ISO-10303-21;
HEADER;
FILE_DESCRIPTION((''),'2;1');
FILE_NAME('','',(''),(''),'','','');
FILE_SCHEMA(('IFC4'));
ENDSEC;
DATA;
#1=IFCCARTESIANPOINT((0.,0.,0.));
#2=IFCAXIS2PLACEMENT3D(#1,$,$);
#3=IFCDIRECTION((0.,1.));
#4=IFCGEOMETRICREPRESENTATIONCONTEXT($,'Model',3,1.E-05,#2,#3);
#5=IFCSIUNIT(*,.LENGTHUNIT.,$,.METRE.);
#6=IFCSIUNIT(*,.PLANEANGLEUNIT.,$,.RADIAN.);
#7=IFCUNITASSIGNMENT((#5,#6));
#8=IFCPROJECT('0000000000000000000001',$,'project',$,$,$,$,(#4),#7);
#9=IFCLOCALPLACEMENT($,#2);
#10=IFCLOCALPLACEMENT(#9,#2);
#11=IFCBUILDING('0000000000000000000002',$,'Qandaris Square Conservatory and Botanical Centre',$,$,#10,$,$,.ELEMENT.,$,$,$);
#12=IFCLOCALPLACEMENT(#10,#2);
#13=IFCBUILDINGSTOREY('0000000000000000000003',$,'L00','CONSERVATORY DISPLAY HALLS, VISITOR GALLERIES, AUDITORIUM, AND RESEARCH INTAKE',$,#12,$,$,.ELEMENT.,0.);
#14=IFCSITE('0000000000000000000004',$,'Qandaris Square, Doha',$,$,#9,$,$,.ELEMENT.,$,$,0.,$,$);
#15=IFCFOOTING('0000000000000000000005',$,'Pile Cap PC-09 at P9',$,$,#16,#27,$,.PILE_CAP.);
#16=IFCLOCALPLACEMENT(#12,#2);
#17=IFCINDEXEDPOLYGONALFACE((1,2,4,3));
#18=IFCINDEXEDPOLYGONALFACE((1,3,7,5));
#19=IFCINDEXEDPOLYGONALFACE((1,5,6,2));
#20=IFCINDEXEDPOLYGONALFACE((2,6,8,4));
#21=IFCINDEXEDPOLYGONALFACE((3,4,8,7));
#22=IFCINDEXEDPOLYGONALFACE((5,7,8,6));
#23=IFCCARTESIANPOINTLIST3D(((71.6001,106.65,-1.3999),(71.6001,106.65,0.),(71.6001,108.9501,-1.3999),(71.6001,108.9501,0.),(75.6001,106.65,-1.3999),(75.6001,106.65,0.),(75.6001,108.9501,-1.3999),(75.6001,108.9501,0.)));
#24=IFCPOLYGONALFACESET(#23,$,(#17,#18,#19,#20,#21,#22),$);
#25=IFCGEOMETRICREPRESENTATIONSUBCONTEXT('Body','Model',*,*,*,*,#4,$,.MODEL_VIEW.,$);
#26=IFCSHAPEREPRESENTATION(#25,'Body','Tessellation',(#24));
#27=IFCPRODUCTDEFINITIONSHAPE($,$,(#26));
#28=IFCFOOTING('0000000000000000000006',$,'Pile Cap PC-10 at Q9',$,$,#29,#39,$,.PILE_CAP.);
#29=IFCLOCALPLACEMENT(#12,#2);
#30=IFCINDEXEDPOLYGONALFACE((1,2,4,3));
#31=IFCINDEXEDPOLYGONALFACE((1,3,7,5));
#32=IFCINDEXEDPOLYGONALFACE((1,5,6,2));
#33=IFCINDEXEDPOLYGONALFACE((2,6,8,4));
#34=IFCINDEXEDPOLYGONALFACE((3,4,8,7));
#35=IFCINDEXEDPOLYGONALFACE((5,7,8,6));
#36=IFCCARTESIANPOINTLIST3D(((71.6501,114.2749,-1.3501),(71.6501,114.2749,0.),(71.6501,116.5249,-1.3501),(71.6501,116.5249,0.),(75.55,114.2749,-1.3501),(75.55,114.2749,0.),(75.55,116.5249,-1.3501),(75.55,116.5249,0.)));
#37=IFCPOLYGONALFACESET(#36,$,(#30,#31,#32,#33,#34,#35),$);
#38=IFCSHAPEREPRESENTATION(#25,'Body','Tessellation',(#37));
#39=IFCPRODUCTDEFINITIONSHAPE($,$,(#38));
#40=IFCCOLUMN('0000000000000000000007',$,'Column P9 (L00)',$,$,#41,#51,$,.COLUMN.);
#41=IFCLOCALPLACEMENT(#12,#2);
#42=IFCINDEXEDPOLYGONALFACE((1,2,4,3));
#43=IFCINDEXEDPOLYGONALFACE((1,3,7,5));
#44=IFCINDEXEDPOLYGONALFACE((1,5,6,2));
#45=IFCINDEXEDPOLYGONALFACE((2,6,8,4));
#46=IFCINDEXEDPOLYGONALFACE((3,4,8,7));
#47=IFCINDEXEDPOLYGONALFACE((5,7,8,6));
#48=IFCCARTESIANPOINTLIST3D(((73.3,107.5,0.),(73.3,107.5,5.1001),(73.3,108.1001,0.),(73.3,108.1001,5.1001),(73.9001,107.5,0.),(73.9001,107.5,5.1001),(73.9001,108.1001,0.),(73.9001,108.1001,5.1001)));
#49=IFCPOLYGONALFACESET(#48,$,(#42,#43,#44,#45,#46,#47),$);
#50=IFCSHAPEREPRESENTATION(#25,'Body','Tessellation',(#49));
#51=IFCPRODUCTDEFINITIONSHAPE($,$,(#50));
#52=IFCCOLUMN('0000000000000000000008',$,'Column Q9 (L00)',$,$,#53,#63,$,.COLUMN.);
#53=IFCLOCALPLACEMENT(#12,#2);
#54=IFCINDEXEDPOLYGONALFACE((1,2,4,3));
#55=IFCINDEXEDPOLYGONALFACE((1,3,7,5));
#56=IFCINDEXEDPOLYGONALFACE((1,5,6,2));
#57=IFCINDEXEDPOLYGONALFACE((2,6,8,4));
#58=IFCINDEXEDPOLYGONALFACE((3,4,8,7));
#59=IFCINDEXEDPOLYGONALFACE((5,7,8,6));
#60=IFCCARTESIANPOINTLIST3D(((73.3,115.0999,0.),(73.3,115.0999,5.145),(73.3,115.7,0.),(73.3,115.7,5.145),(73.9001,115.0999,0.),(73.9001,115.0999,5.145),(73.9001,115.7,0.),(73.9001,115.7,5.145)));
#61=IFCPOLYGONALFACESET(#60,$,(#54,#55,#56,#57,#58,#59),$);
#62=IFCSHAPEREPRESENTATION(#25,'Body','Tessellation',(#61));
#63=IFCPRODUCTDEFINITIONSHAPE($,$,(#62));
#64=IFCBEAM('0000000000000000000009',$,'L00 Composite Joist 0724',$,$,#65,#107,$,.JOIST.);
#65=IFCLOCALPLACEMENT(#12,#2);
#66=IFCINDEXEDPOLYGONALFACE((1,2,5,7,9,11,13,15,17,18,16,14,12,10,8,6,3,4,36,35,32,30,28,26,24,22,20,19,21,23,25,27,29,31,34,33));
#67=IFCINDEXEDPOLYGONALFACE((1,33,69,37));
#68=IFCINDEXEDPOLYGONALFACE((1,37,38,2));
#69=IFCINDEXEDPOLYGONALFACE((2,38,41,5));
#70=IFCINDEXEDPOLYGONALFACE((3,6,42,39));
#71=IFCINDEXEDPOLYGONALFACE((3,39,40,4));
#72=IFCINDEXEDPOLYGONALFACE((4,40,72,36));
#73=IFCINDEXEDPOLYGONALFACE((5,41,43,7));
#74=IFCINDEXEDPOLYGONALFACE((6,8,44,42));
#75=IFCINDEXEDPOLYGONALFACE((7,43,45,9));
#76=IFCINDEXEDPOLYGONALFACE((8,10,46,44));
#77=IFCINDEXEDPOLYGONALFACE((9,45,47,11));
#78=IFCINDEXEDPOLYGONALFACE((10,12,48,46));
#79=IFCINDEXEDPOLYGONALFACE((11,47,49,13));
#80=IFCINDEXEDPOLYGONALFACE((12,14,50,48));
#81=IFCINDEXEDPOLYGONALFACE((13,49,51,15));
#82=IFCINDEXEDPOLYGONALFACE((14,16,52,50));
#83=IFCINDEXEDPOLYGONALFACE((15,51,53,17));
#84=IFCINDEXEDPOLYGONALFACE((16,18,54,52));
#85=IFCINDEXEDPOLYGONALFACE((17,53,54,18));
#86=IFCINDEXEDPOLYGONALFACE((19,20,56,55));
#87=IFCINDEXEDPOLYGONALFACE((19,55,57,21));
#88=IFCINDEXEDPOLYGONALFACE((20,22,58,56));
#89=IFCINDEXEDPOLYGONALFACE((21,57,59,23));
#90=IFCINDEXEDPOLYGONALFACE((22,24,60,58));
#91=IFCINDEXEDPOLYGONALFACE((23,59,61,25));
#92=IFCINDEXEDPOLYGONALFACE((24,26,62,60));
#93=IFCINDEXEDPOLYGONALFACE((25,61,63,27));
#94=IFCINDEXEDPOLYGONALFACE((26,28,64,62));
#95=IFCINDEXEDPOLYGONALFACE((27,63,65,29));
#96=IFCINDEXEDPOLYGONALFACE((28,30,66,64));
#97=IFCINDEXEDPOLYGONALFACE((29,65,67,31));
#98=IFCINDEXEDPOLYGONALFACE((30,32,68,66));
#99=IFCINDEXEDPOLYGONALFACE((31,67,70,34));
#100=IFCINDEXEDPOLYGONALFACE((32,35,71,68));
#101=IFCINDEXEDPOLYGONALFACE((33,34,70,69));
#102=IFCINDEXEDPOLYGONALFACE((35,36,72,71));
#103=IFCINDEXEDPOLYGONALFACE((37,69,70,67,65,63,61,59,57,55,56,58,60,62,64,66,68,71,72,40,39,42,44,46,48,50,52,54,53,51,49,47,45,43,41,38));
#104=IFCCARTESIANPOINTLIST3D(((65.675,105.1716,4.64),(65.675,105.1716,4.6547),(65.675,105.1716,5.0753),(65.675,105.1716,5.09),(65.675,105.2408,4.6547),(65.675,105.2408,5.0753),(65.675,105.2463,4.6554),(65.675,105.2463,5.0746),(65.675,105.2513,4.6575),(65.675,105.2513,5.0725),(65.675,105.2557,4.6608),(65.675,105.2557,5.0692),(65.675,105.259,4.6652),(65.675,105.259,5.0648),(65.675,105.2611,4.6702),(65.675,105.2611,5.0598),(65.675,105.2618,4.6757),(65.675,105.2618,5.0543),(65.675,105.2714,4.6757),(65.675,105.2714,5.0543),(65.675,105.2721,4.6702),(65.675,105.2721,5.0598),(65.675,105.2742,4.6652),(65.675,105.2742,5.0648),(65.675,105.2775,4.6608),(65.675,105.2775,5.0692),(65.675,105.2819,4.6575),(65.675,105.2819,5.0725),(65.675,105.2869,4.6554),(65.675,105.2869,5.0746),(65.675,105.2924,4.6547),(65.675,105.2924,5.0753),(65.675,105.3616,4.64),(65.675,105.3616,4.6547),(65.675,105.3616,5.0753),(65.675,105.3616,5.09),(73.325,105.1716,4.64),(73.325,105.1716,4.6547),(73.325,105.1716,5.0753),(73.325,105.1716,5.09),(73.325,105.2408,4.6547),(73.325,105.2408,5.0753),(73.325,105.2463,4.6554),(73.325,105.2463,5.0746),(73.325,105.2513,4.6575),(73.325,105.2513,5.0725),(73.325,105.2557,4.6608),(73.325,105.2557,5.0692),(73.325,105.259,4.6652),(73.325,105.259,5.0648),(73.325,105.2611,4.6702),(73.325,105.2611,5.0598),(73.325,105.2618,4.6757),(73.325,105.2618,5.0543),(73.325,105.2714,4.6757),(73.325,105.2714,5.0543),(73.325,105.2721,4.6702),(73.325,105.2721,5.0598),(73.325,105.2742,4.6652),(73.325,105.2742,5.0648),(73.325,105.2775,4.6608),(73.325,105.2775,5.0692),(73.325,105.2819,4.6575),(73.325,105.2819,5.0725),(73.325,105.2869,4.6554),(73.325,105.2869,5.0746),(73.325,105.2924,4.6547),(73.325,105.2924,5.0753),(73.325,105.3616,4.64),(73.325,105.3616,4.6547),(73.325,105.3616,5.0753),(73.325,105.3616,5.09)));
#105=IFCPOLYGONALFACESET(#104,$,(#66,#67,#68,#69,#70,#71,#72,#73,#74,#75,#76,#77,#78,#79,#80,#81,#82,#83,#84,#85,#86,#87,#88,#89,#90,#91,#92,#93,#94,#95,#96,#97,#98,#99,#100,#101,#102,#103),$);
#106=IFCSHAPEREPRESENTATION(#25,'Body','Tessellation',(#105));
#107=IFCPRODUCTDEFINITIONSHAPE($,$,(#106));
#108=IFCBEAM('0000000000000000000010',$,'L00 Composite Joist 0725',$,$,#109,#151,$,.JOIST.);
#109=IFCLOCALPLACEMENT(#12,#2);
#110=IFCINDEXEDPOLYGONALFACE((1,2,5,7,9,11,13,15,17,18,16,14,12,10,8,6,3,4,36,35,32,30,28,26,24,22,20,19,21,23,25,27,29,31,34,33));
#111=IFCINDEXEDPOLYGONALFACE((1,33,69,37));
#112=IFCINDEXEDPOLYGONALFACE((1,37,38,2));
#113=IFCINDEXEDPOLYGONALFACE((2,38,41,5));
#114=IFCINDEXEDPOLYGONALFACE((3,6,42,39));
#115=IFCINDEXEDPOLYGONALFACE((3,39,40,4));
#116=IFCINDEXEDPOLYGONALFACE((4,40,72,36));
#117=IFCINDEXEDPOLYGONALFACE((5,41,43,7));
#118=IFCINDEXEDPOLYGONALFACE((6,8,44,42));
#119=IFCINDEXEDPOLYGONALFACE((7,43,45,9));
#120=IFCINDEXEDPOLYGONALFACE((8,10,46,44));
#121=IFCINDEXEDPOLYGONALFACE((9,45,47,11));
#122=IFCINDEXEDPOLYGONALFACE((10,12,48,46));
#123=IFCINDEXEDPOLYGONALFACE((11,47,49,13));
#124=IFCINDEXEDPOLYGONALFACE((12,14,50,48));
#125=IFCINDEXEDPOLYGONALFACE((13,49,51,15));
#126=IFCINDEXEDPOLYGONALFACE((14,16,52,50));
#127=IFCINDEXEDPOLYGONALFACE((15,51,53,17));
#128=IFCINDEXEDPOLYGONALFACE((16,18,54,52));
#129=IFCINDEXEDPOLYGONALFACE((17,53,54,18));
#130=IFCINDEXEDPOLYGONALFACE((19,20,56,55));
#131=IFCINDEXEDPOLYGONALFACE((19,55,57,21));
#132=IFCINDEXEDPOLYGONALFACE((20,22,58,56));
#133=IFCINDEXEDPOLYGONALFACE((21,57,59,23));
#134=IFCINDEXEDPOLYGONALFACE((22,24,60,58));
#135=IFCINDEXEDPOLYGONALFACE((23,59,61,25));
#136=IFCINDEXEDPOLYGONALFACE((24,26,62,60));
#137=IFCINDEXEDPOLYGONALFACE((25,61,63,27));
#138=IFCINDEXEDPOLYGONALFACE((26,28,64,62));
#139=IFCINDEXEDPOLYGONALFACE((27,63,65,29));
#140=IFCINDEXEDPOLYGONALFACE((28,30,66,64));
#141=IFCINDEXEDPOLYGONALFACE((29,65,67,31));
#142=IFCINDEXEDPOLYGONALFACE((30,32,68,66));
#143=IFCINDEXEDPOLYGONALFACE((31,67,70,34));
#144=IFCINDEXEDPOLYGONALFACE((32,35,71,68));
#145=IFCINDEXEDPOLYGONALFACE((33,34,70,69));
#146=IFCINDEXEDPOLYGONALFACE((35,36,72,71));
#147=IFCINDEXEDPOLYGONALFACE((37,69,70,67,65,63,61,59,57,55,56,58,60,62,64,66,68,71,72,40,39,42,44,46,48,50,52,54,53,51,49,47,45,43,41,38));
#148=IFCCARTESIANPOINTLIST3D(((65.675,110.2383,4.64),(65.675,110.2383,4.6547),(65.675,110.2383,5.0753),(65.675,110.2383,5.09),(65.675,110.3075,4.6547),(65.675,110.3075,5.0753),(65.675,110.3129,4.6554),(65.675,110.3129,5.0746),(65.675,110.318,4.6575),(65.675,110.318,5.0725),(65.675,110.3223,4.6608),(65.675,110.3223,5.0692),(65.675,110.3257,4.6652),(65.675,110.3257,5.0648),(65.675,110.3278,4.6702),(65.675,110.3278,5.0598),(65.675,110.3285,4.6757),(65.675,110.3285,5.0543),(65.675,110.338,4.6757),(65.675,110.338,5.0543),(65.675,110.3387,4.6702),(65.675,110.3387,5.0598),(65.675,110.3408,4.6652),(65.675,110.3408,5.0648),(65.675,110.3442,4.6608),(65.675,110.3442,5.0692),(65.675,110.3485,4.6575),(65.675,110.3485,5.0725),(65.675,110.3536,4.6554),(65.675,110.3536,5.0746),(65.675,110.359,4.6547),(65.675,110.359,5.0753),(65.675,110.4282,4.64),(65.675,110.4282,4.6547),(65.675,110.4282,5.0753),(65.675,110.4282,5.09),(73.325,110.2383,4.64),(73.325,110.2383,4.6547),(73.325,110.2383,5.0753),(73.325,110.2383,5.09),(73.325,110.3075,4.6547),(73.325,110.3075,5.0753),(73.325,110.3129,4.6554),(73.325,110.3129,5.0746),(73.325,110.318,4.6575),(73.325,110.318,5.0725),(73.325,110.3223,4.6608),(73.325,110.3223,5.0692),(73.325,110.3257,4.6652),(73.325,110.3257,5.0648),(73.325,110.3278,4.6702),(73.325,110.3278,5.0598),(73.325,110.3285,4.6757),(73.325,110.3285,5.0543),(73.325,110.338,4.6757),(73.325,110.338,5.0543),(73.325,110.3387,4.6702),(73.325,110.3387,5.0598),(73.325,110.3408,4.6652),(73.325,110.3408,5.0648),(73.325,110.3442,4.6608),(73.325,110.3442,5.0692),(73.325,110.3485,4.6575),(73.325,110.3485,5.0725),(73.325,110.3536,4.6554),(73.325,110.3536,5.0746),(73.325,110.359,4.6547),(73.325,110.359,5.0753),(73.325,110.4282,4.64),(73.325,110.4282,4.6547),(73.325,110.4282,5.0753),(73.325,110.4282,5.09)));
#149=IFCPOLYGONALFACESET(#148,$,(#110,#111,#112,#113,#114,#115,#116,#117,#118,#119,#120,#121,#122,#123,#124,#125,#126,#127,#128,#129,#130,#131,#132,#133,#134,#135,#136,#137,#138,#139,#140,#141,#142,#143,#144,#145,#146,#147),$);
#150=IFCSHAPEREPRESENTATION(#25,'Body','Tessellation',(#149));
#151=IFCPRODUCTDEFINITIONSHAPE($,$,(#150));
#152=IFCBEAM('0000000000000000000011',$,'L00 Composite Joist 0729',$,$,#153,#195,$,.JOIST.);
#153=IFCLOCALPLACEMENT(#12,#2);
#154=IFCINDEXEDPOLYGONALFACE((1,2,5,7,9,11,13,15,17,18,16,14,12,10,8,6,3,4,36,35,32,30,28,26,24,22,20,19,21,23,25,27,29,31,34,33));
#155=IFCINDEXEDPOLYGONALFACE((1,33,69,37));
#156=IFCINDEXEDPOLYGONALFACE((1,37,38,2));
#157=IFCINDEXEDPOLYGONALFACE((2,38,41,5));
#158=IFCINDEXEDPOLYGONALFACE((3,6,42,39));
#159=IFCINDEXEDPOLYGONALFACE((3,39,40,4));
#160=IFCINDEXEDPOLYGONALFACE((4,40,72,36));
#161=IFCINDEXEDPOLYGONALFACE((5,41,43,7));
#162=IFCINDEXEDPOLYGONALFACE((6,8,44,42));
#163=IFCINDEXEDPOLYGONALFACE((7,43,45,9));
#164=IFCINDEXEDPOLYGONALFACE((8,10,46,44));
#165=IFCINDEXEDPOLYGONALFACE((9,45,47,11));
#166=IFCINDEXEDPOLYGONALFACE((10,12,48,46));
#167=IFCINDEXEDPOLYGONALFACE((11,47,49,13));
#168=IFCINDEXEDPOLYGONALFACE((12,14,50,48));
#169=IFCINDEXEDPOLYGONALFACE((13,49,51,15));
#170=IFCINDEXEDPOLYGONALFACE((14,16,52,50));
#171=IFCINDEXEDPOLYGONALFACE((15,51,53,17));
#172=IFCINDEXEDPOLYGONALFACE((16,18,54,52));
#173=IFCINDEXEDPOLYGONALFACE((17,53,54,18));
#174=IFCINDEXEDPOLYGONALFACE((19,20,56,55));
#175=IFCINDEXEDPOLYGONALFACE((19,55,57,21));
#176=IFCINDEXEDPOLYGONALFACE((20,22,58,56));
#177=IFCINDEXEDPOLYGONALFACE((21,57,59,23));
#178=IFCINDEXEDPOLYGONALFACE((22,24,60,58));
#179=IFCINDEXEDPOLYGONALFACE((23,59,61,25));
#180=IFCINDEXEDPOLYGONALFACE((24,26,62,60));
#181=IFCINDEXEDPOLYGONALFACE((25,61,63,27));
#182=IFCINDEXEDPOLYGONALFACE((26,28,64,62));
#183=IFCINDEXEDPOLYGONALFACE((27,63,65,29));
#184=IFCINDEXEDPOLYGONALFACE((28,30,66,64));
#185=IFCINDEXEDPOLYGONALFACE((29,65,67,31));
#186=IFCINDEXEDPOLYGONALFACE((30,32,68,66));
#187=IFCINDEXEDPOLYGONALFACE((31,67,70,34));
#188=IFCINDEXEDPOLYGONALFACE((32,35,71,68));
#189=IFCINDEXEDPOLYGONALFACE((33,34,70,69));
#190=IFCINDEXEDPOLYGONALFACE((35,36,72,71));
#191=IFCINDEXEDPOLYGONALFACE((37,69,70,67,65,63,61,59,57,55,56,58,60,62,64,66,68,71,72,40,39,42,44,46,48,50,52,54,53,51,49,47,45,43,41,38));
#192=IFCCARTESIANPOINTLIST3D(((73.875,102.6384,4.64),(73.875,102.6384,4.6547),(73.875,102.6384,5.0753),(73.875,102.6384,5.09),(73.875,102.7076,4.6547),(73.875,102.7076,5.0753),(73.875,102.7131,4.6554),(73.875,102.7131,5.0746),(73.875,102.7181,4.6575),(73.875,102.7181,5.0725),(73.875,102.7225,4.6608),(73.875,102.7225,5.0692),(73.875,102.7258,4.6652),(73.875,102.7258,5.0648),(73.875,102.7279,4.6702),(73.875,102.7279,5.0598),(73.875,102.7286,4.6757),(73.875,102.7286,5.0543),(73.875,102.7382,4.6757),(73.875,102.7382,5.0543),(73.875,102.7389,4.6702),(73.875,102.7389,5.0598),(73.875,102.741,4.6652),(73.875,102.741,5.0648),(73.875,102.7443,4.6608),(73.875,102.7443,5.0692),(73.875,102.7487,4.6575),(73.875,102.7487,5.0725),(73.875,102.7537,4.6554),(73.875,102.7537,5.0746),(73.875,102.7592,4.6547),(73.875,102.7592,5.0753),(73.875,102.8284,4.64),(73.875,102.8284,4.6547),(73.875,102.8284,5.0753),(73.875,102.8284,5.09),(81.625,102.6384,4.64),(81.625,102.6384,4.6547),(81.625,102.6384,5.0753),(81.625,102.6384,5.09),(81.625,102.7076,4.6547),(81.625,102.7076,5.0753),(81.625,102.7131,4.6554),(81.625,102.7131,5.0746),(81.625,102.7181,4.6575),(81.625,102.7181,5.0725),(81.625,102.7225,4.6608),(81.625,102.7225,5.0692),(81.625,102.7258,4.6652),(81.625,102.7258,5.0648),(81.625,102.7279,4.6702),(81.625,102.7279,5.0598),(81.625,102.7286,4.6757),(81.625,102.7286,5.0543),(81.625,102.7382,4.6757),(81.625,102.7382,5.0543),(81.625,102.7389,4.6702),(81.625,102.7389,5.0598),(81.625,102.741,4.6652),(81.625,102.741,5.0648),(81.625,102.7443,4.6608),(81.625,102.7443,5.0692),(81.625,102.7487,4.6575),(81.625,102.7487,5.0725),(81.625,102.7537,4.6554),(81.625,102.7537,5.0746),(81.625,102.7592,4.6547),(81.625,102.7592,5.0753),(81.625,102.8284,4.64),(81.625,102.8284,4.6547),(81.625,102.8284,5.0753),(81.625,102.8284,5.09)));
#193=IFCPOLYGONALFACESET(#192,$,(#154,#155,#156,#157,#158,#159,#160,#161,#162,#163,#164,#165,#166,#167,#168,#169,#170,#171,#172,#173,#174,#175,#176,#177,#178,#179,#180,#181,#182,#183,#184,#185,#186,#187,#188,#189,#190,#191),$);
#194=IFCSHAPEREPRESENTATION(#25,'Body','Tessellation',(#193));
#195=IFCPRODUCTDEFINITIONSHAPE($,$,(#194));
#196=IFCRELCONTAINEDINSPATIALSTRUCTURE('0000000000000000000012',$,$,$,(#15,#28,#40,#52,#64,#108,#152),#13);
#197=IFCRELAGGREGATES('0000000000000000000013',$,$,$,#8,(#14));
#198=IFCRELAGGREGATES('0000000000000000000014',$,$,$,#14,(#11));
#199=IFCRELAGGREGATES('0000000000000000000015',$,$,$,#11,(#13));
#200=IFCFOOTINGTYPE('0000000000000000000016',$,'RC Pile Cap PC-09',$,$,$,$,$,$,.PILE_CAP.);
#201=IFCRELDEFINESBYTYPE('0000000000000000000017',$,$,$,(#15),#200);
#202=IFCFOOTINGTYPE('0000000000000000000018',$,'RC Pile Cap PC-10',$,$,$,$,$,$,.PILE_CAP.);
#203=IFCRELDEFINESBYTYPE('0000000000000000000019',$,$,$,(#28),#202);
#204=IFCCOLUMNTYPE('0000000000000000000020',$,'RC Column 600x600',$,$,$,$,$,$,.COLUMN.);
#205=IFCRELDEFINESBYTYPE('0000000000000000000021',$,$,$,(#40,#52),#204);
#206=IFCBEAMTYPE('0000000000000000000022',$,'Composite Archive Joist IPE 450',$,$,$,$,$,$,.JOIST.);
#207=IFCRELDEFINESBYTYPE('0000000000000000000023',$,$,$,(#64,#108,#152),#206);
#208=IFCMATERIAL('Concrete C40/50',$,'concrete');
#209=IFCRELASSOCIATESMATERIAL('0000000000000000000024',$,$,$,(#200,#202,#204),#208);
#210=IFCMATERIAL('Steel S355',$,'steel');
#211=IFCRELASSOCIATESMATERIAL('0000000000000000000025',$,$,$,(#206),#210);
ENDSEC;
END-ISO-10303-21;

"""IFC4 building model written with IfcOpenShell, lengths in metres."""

from ifc_helpers import new_model, si_unit, direction, frame, origin, origin_2d, place, context, subcontext, project, spatial, rectangle, i_section, extrude, material, material_profile, profile_set, type_object, element, save


model = new_model("IFC4")

# Units and contexts
model_context = context("Model", 3, precision=1e-05, world=origin(), true_north=direction((0.0, 1.0)))
body_context = subcontext(model_context, "Body", "Model", "MODEL_VIEW")
ifc_project = project(units=[si_unit("LENGTHUNIT", "METRE"), si_unit("PLANEANGLEUNIT", "RADIAN")], contexts=[model_context])

# Site, building, storey
site_placement = place(None, origin())
site = spatial("IfcSite", under=ifc_project, at=site_placement, Name="Qandaris Square, Doha", CompositionType="ELEMENT", RefElevation=0.0)
building_placement = place(site_placement, origin())
building = spatial("IfcBuilding", under=site, at=building_placement, Name="Qandaris Square Conservatory and Botanical Centre", CompositionType="ELEMENT")
storey_placement = place(building_placement, origin())
storey = spatial("IfcBuildingStorey", under=building, at=storey_placement, Name="L00", Description="CONSERVATORY DISPLAY HALLS, VISITOR GALLERIES, AUDITORIUM, AND RESEARCH INTAKE", CompositionType="ELEMENT", Elevation=0.0)

# Footings
ifc_material_1 = material(Name="Concrete C40/50", Category="concrete")
footing_type_1 = type_object("IfcFootingType", Name="RC Pile Cap PC-09", PredefinedType="PILE_CAP", material=ifc_material_1)
footing_1_placement = place(storey_placement, frame((73.6001, 107.8, -1.3999), z_axis=(0.0, 0.0, 1.0), x_axis=(1.0, 0.0, 0.0)))
element("IfcFooting", 1, at=footing_1_placement, inside=storey, type_object=footing_type_1, Name="Pile Cap PC-09 at P9", PredefinedType="PILE_CAP", context=body_context, shape_type="SweptSolid", body=[
    extrude(rectangle(XDim=4.0, YDim=2.3, at=origin_2d()), origin(), (0.0, 0.0, 1.0), 1.3999),
])
footing_type_2 = type_object("IfcFootingType", Name="RC Pile Cap PC-10", PredefinedType="PILE_CAP", material=ifc_material_1)
footing_2_placement = place(storey_placement, frame((73.6001, 115.3999, -1.3501), z_axis=(0.0, 0.0, 1.0), x_axis=(1.0, 0.0, 0.0)))
element("IfcFooting", 2, at=footing_2_placement, inside=storey, type_object=footing_type_2, Name="Pile Cap PC-10 at Q9", PredefinedType="PILE_CAP", context=body_context, shape_type="SweptSolid", body=[
    extrude(rectangle(XDim=3.8999, YDim=2.25, at=origin_2d()), origin(), (0.0, 0.0, 1.0), 1.3501),
])

# Columns
ifc_material_profile_1 = material_profile(ifc_material_1, rectangle(XDim=0.6001, YDim=0.6001, at=origin_2d()), Name="RC-COL 600x600")
ifc_profile_set_1 = profile_set([ifc_material_profile_1], Name="Concrete C40/50")
column_type = type_object("IfcColumnType", Name="RC Column 600x600", PredefinedType="COLUMN", material=ifc_profile_set_1)
column_1_placement = place(storey_placement, frame((73.6001, 107.8, 0.0), z_axis=(0.0, 0.0, 1.0), x_axis=(1.0, 0.0, 0.0)))
element("IfcColumn", 3, at=column_1_placement, inside=storey, type_object=column_type, Name="Column P9 (L00)", PredefinedType="COLUMN", context=body_context, shape_type="SweptSolid", body=[
    extrude(rectangle(XDim=0.6001, YDim=0.6001, at=origin_2d()), origin(), (0.0, 0.0, 1.0), 5.1001),
])
column_2_placement = place(storey_placement, frame((73.6001, 115.3999, 0.0), z_axis=(0.0, 0.0, 1.0), x_axis=(1.0, 0.0, 0.0)))
element("IfcColumn", 4, at=column_2_placement, inside=storey, type_object=column_type, Name="Column Q9 (L00)", PredefinedType="COLUMN", context=body_context, shape_type="SweptSolid", body=[
    extrude(rectangle(XDim=0.6001, YDim=0.6001, at=origin_2d()), origin(), (0.0, 0.0, 1.0), 5.145),
])

# Beams
ifc_material_2 = material(Name="Steel S355", Category="steel")
ifc_material_profile_2 = material_profile(ifc_material_2, i_section(OverallWidth=0.1899, OverallDepth=0.45, WebThickness=0.0095, FlangeThickness=0.0146, FilletRadius=0.021, at=origin_2d()), Name="IPE 450")
ifc_profile_set_2 = profile_set([ifc_material_profile_2], Name="Steel S355")
beam_type_1 = type_object("IfcBeamType", Name="Composite Archive Joist IPE 450", PredefinedType="JOIST", material=ifc_profile_set_2)
for number, where, z_axis, x_axis, name in (
    (5, (65.675, 105.2666, 4.865), (1.0, 0.0, 0.0), (0.0, 1.0, 0.0), "L00 Composite Joist 0724"),
    (6, (65.675, 110.3333, 4.865), (1.0, 0.0, 0.0), (0.0, 1.0, 0.0), "L00 Composite Joist 0725"),
):
    element("IfcBeam", number, at=place(storey_placement, frame(where, z_axis=z_axis, x_axis=x_axis)), inside=storey, type_object=beam_type_1, Name=name, PredefinedType="JOIST", context=body_context, shape_type="SweptSolid", body=[
        extrude(i_section(OverallWidth=0.1899, OverallDepth=0.45, WebThickness=0.0095, FlangeThickness=0.0146, FilletRadius=0.021, at=origin_2d()), origin(), (0.0, 0.0, 1.0), 7.6499),
    ])
beam_1_placement = place(storey_placement, frame((73.875, 102.7334, 4.865), z_axis=(1.0, 0.0, 0.0), x_axis=(0.0, 1.0, 0.0)))
element("IfcBeam", 7, at=beam_1_placement, inside=storey, type_object=beam_type_1, Name="L00 Composite Joist 0729", PredefinedType="JOIST", context=body_context, shape_type="SweptSolid", body=[
    extrude(i_section(OverallWidth=0.1899, OverallDepth=0.45, WebThickness=0.0095, FlangeThickness=0.0146, FilletRadius=0.021, at=origin_2d()), origin(), (0.0, 0.0, 1.0), 7.75),
])

save(model, "model.ifc")
